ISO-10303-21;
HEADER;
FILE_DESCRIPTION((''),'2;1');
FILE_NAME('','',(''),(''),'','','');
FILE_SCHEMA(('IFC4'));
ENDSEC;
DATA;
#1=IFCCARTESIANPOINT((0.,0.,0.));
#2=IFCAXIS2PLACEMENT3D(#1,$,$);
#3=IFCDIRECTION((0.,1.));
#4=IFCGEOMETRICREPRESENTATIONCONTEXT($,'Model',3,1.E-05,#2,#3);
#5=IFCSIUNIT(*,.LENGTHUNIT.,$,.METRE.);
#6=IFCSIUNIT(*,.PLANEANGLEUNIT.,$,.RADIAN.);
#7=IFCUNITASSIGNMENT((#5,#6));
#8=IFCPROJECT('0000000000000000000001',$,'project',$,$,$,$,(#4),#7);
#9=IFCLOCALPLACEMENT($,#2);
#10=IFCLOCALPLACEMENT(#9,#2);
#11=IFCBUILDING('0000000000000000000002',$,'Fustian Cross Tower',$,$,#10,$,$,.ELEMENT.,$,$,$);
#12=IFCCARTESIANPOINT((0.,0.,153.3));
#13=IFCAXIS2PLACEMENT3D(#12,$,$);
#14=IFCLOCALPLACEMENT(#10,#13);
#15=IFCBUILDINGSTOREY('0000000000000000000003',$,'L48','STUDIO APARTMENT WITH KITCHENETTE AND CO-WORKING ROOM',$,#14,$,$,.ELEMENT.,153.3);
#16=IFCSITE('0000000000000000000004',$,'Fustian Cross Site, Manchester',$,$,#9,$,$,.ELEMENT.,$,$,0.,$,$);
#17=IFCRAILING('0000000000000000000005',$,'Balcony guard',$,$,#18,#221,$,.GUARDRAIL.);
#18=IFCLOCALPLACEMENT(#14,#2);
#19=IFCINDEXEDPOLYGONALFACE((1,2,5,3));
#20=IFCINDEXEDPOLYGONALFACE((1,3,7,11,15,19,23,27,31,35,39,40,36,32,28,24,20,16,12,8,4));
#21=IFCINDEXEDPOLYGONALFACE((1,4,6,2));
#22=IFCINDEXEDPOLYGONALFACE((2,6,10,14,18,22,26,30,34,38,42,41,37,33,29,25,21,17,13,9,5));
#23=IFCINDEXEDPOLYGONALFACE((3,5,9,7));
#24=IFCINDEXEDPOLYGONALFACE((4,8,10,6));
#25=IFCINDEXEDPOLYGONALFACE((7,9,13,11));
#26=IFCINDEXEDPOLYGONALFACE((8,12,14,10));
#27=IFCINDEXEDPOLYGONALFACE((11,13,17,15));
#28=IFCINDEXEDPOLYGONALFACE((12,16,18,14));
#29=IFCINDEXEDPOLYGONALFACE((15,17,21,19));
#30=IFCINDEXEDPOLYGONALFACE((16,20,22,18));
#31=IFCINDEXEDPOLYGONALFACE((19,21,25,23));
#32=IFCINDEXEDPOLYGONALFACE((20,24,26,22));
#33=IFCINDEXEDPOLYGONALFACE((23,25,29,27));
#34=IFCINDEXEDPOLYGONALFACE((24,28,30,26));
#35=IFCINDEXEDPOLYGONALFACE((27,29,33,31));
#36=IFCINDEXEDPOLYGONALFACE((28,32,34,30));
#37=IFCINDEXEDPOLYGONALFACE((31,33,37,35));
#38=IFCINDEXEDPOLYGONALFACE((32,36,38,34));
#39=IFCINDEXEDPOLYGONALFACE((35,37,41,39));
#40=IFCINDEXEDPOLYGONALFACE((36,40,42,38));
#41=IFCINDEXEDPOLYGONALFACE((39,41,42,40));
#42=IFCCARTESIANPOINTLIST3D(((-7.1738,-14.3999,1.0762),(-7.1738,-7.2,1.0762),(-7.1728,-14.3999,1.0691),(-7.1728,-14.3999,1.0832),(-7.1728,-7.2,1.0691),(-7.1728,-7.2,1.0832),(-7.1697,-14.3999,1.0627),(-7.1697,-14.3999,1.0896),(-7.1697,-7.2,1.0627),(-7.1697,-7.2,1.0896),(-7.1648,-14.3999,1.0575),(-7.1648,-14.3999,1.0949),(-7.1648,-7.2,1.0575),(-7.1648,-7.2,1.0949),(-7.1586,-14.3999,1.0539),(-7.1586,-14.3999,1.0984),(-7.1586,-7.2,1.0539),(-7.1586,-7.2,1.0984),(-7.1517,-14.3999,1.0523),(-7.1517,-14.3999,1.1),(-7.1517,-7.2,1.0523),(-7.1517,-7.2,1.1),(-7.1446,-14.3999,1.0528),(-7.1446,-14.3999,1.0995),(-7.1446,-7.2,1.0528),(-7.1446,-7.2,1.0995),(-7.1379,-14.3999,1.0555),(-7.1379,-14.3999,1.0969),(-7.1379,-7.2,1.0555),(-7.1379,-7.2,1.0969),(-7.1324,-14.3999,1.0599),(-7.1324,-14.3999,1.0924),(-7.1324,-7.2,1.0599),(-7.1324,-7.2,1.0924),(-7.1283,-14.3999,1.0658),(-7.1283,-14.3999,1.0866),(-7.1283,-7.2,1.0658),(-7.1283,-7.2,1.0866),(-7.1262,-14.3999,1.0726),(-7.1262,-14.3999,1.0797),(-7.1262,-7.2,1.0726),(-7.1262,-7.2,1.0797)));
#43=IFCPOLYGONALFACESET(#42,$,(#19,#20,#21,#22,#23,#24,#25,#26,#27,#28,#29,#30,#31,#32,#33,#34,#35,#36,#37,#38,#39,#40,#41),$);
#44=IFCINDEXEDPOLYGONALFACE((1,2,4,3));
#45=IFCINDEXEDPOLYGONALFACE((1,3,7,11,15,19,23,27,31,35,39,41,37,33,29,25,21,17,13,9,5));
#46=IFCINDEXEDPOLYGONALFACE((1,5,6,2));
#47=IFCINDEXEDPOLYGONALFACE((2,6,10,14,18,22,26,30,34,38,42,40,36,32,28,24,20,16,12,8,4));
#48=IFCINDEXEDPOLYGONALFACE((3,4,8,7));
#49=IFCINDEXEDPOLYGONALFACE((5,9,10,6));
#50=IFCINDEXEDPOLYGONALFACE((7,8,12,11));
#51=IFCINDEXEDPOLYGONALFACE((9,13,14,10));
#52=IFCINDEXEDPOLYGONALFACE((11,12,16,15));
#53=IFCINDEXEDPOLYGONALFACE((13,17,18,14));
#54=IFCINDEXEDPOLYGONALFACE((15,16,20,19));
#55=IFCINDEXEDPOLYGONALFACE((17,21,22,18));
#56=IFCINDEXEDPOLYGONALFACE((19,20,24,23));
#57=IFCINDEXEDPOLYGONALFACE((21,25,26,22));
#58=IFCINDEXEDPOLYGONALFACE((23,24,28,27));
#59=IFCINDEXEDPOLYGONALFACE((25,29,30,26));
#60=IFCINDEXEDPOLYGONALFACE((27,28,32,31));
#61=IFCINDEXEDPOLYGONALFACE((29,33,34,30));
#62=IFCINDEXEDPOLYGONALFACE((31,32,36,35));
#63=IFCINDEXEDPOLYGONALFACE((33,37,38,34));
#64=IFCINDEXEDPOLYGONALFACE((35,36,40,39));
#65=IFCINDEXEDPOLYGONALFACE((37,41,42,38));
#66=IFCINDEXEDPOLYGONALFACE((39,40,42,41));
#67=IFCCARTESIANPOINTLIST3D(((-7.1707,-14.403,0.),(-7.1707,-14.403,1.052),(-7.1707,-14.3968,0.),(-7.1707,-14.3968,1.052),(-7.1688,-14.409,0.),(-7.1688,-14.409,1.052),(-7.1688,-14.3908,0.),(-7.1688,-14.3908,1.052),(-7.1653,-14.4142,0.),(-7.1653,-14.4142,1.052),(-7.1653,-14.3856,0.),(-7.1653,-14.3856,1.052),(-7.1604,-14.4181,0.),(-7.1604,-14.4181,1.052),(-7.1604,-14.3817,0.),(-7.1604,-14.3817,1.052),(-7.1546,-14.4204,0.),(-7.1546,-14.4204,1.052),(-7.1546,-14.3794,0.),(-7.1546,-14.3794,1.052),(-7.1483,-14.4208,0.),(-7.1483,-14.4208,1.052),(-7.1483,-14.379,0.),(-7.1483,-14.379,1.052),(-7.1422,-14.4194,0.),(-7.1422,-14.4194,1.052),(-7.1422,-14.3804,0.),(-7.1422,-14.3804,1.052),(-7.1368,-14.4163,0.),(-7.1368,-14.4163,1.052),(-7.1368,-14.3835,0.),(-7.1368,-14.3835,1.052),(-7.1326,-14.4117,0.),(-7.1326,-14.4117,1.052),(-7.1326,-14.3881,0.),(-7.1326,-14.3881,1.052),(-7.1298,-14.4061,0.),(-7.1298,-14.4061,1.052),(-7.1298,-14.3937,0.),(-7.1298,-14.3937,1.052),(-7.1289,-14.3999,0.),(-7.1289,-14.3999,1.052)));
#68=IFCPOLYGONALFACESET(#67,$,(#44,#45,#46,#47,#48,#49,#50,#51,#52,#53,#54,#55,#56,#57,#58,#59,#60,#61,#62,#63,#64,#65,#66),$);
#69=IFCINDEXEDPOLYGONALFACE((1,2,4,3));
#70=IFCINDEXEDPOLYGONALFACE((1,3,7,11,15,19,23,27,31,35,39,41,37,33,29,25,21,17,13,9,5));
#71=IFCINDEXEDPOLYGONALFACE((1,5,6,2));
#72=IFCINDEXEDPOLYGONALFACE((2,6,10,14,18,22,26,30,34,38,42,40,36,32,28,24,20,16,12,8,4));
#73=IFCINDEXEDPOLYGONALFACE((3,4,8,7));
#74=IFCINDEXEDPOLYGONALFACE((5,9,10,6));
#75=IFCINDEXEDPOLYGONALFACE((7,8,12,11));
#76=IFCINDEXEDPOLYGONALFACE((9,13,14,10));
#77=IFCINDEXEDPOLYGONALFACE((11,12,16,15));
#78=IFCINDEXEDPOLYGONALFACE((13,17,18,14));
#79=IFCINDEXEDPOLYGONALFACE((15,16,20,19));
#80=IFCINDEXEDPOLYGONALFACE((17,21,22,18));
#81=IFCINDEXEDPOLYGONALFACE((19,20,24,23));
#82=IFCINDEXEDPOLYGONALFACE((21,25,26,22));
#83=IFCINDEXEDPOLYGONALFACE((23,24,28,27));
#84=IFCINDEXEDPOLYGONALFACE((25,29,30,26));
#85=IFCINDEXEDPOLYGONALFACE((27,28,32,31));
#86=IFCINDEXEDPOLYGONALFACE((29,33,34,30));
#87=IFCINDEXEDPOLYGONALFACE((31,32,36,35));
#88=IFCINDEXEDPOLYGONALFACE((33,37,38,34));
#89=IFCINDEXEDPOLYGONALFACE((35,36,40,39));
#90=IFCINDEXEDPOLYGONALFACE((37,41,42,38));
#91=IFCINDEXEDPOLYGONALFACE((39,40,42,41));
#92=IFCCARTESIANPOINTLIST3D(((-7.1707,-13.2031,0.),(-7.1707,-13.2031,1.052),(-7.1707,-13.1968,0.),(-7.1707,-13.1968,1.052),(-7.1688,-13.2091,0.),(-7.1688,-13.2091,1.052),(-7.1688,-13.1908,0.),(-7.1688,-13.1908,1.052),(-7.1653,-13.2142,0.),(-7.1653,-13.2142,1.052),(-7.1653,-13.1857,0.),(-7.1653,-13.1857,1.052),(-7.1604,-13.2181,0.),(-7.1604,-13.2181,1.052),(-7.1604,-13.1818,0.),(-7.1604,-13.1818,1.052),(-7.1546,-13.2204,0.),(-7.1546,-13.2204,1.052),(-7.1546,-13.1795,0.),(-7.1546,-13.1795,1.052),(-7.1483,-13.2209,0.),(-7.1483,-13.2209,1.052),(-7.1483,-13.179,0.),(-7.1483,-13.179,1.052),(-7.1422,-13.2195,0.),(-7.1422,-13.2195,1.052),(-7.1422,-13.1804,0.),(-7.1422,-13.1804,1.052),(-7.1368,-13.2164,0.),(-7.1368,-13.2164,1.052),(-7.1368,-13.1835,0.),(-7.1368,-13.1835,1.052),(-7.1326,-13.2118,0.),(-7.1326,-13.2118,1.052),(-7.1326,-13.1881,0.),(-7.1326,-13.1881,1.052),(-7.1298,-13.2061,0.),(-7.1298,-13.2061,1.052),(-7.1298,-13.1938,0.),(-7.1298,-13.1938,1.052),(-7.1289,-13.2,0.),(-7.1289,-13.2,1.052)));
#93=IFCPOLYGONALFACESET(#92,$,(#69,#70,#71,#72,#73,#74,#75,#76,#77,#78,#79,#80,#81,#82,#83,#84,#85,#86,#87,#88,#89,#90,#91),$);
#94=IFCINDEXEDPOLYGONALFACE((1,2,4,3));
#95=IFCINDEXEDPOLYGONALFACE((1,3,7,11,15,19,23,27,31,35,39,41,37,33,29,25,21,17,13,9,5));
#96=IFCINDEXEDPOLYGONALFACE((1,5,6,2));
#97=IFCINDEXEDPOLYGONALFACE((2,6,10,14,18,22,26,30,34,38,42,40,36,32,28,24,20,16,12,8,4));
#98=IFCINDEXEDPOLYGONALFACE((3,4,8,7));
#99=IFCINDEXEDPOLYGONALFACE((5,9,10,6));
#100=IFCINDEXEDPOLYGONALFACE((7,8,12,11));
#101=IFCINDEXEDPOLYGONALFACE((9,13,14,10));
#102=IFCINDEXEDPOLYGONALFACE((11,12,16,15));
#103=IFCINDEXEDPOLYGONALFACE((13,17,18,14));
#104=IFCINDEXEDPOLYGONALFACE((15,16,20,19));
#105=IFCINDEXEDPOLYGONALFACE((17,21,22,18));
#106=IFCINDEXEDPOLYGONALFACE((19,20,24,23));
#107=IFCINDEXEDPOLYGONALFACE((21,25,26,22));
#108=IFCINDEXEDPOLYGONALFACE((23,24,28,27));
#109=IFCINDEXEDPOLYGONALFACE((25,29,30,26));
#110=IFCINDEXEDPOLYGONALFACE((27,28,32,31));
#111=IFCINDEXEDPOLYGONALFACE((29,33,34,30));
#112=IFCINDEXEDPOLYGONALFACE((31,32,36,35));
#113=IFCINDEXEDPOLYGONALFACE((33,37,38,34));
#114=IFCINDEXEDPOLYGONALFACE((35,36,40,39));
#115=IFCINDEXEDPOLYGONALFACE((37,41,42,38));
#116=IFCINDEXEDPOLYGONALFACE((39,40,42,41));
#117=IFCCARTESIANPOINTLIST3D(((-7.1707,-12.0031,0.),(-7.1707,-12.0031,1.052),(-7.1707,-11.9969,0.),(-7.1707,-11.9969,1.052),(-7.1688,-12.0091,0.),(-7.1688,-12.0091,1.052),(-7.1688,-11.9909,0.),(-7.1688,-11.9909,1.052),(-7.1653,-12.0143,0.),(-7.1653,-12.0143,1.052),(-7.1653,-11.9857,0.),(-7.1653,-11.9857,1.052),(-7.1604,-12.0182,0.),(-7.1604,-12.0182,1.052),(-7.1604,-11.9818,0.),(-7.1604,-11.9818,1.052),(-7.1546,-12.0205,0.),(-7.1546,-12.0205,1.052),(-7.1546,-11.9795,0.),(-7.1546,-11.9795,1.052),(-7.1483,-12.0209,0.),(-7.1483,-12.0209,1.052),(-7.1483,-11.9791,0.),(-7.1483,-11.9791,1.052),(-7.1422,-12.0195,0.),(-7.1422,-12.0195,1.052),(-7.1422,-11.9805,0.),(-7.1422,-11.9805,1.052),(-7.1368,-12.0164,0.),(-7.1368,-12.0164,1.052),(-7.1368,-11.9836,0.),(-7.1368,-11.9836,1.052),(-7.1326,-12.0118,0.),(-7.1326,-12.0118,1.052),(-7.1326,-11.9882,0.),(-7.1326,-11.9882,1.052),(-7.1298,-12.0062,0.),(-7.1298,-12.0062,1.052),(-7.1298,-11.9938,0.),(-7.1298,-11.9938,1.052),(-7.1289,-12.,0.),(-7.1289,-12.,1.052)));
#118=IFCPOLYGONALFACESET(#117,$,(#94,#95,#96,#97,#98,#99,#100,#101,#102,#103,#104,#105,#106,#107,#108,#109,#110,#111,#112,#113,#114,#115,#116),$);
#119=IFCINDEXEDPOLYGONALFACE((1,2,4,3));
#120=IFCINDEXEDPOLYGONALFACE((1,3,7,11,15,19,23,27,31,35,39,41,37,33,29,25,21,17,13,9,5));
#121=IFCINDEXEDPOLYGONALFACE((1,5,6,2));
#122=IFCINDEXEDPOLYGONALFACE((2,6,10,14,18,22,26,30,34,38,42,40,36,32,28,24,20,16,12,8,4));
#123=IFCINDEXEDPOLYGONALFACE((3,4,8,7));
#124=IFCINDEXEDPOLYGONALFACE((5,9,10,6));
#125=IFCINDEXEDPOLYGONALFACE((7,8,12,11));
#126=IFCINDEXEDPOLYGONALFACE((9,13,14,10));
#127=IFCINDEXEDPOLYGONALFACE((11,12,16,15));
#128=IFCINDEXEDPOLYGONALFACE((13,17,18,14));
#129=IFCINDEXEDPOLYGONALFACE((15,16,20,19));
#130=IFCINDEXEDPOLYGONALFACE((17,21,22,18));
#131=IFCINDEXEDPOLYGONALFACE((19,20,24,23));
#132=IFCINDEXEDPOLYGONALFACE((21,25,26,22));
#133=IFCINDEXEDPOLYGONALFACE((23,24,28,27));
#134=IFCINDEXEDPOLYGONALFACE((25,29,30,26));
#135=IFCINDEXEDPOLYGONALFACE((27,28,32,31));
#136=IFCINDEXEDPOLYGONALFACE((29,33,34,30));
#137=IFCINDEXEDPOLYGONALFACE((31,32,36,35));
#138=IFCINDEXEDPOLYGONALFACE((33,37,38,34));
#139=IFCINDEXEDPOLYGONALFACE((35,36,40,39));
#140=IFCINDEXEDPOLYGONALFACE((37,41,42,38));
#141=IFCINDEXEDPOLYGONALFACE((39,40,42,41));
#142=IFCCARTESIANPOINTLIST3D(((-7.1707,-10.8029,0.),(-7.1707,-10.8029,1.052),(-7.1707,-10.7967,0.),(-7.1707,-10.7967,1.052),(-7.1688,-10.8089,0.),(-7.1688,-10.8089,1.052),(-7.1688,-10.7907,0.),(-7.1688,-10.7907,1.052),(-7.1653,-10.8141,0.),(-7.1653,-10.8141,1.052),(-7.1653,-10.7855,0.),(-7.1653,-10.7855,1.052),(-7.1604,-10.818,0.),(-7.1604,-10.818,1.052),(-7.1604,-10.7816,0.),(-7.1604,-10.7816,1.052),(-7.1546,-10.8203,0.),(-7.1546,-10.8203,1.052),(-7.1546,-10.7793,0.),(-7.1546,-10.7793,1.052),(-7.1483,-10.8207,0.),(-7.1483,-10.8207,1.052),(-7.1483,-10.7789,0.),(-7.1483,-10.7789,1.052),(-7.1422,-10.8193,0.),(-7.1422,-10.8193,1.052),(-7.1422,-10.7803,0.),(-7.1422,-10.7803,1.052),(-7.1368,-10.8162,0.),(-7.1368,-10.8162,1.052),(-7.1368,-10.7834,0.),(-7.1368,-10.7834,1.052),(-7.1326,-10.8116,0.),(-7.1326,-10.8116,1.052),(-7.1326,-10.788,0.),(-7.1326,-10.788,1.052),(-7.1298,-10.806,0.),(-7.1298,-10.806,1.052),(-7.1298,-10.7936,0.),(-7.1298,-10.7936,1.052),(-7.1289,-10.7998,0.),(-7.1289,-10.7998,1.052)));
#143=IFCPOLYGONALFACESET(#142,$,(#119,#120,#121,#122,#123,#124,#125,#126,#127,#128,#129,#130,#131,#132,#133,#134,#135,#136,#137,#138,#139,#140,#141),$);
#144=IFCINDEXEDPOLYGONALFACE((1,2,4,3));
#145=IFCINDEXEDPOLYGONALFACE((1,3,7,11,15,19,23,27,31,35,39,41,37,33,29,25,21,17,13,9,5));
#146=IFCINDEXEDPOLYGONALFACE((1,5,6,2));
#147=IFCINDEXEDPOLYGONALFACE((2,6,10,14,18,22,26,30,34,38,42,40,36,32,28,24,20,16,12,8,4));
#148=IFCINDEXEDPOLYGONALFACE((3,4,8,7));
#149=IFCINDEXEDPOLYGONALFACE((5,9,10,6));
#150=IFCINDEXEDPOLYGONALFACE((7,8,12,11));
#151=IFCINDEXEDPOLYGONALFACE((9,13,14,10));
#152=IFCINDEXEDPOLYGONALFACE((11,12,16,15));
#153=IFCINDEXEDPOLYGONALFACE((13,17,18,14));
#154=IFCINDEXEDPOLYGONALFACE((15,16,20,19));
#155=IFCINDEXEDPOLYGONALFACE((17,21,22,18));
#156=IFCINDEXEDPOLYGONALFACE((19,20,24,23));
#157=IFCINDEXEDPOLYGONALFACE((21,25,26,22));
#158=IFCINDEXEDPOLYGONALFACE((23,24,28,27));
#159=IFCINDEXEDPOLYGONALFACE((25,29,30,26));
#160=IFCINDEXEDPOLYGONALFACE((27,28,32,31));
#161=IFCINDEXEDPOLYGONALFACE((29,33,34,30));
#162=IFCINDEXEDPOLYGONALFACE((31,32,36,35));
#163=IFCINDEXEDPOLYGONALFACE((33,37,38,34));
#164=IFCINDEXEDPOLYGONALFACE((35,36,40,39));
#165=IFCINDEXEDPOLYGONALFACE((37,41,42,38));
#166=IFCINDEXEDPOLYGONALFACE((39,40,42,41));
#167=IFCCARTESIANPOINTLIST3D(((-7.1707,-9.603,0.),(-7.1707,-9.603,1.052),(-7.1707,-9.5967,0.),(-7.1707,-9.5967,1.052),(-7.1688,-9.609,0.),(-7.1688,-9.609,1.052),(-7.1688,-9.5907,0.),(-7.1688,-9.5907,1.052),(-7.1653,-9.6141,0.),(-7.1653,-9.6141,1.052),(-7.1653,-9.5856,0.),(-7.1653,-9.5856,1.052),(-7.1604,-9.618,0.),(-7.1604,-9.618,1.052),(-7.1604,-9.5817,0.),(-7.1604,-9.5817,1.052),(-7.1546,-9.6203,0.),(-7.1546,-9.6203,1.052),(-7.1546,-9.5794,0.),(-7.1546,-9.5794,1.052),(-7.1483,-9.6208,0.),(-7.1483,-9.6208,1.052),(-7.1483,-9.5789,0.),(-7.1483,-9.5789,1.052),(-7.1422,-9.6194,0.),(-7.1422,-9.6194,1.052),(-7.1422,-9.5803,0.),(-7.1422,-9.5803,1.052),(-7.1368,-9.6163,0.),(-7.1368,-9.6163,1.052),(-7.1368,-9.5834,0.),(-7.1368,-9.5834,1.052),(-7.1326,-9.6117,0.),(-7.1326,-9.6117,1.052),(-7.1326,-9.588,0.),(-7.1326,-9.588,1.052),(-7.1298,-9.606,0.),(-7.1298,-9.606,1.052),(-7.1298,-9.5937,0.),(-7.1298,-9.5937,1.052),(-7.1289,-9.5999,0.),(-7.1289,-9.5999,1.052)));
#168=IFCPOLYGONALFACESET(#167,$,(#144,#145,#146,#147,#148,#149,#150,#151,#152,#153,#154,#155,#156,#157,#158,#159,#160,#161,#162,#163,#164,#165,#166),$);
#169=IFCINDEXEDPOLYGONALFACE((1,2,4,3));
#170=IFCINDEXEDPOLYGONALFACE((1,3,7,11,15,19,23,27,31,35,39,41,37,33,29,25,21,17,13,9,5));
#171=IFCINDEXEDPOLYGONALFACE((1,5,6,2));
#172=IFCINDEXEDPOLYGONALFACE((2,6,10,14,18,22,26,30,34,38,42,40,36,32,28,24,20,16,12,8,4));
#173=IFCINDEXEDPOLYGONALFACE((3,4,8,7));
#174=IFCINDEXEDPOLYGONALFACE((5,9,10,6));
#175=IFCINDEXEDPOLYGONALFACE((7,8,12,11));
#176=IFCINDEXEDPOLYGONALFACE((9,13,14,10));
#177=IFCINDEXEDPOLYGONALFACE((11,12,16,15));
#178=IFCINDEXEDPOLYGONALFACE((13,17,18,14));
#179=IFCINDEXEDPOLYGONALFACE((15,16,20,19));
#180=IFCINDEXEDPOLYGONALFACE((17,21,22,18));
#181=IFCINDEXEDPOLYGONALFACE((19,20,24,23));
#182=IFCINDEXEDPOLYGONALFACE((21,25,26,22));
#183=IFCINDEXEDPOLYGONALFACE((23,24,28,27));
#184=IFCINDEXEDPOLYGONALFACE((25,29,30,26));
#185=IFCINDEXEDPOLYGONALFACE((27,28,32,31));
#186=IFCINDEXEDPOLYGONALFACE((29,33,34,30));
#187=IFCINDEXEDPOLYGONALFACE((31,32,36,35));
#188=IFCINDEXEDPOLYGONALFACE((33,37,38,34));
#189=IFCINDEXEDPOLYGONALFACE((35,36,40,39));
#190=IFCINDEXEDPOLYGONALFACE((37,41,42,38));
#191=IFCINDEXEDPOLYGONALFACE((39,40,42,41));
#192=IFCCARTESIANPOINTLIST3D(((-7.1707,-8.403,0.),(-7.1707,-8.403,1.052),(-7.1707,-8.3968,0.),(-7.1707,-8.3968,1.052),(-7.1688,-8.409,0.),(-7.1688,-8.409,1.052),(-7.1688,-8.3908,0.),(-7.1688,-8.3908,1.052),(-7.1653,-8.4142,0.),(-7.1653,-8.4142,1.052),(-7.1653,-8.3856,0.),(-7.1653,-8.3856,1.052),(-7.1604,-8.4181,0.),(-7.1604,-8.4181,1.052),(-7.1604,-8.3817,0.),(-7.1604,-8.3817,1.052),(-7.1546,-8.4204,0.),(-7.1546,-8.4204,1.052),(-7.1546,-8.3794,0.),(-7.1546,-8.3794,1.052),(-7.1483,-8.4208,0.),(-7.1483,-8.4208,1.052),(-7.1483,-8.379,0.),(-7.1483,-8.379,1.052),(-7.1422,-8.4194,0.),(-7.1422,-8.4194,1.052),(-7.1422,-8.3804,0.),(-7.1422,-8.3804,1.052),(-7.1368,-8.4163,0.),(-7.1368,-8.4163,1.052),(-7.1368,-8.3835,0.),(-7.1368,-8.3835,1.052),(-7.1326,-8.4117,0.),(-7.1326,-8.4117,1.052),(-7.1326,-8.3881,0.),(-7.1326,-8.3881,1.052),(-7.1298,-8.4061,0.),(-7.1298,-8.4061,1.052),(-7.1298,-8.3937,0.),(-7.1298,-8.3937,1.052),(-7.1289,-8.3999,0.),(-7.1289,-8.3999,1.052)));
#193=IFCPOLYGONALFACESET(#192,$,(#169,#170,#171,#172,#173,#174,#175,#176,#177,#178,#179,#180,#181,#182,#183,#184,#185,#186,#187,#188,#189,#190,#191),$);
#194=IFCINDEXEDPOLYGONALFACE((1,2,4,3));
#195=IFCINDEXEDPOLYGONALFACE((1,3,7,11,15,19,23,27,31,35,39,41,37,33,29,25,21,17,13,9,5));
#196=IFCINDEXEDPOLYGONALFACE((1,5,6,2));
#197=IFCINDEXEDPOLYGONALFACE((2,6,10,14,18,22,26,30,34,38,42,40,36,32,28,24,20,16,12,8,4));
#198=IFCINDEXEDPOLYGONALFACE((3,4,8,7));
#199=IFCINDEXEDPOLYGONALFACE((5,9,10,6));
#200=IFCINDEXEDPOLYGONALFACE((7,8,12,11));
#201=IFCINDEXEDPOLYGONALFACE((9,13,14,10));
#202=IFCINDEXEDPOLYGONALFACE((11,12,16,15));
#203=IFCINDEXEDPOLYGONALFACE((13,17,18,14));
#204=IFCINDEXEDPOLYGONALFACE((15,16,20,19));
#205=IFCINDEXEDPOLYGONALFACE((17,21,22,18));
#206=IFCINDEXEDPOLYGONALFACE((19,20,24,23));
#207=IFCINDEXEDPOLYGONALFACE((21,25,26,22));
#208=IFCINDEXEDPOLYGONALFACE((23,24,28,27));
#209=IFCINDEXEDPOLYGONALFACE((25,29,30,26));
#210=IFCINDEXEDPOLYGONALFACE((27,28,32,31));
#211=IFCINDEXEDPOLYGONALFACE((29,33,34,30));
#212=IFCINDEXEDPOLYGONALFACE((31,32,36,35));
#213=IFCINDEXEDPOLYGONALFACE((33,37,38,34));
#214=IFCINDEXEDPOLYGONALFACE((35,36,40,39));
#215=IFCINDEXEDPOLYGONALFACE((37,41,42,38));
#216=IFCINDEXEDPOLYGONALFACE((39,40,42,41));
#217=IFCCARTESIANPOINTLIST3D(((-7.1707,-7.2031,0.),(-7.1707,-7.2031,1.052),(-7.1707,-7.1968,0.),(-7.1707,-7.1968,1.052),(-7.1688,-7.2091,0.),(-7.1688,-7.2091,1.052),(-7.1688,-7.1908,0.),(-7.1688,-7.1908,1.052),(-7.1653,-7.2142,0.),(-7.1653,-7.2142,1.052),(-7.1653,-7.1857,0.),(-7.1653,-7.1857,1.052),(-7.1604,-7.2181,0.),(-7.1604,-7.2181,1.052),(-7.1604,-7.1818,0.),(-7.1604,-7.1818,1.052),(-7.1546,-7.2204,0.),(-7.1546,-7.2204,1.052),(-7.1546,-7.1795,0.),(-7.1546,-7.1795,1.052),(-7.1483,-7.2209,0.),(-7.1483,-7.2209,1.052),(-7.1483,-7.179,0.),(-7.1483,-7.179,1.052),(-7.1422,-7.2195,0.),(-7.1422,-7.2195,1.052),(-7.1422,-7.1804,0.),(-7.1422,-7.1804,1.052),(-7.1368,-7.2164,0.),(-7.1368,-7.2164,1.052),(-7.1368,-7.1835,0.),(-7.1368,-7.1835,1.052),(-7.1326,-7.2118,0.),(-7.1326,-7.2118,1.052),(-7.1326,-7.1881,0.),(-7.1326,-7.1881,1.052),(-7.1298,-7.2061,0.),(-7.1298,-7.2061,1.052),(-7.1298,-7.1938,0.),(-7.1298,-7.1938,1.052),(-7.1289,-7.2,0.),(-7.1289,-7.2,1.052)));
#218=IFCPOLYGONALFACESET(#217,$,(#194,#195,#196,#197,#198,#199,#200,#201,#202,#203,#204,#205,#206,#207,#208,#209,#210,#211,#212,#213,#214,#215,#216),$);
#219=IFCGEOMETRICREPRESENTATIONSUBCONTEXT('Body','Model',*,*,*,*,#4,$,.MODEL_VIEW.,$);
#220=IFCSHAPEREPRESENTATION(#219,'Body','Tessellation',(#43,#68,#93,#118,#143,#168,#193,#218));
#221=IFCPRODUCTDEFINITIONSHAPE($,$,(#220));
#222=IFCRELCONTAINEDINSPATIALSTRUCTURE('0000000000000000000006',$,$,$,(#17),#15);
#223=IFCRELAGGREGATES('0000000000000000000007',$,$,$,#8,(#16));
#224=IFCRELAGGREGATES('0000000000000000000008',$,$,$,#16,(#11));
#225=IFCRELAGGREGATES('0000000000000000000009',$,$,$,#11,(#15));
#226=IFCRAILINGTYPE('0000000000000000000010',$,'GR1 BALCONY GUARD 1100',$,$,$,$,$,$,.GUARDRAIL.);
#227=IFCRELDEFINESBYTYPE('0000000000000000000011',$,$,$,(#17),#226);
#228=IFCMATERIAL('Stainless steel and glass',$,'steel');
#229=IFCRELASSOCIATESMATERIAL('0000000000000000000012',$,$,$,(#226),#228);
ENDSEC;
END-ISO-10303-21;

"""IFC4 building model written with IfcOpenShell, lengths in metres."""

from ifc_helpers import new_model, si_unit, direction, frame, origin, origin_2d, place, context, subcontext, project, spatial, circle, extrude, material, type_object, element, save


model = new_model("IFC4")

# Units and contexts
model_context = context("Model", 3, precision=1e-05, world=origin(), true_north=direction((0.0, 1.0)))
body_context = subcontext(model_context, "Body", "Model", "MODEL_VIEW")
ifc_project = project(units=[si_unit("LENGTHUNIT", "METRE"), si_unit("PLANEANGLEUNIT", "RADIAN")], contexts=[model_context])

# Site, building, storey
site_placement = place(None, origin())
site = spatial("IfcSite", under=ifc_project, at=site_placement, Name="Fustian Cross Site, Manchester", CompositionType="ELEMENT", RefElevation=0.0)
building_placement = place(site_placement, origin())
building = spatial("IfcBuilding", under=site, at=building_placement, Name="Fustian Cross Tower", CompositionType="ELEMENT")
storey_placement = place(building_placement, frame((0.0, 0.0, 153.3)))
storey = spatial("IfcBuildingStorey", under=building, at=storey_placement, Name="L48", Description="STUDIO APARTMENT WITH KITCHENETTE AND CO-WORKING ROOM", CompositionType="ELEMENT", Elevation=153.3)

# Railing
ifc_material_1 = material(Name="Stainless steel and glass", Category="steel")
railing_type = type_object("IfcRailingType", Name="GR1 BALCONY GUARD 1100", PredefinedType="GUARDRAIL", material=ifc_material_1)
railing_placement = place(storey_placement, frame((-7.1499, -14.3999, 0.0)))
element("IfcRailing", 1, at=railing_placement, inside=storey, type_object=railing_type, Name="Balcony guard", PredefinedType="GUARDRAIL", context=body_context, shape_type="SweptSolid", body=[
    extrude(circle(Radius=0.0239, at=origin_2d()), frame((0.0, 0.0, 1.0762), z_axis=(0.0, 1.0, 0.0), x_axis=(-1.0, 0.0, 0.0)), (0.0, 0.0, 1.0), 7.2),
    extrude(circle(Radius=0.021, at=origin_2d()), origin(), (0.0, 0.0, 1.0), 1.052),
    extrude(circle(Radius=0.021, at=origin_2d()), frame((0.0, 1.2, 0.0)), (0.0, 0.0, 1.0), 1.052),
    extrude(circle(Radius=0.021, at=origin_2d()), frame((0.0, 2.3999, 0.0)), (0.0, 0.0, 1.0), 1.052),
    extrude(circle(Radius=0.021, at=origin_2d()), frame((0.0, 3.6001, 0.0)), (0.0, 0.0, 1.0), 1.052),
    extrude(circle(Radius=0.021, at=origin_2d()), frame((0.0, 4.8, 0.0)), (0.0, 0.0, 1.0), 1.052),
    extrude(circle(Radius=0.021, at=origin_2d()), frame((0.0, 6.0, 0.0)), (0.0, 0.0, 1.0), 1.052),
    extrude(circle(Radius=0.021, at=origin_2d()), frame((0.0, 7.2, 0.0)), (0.0, 0.0, 1.0), 1.052),
])

save(model, "model.ifc")
